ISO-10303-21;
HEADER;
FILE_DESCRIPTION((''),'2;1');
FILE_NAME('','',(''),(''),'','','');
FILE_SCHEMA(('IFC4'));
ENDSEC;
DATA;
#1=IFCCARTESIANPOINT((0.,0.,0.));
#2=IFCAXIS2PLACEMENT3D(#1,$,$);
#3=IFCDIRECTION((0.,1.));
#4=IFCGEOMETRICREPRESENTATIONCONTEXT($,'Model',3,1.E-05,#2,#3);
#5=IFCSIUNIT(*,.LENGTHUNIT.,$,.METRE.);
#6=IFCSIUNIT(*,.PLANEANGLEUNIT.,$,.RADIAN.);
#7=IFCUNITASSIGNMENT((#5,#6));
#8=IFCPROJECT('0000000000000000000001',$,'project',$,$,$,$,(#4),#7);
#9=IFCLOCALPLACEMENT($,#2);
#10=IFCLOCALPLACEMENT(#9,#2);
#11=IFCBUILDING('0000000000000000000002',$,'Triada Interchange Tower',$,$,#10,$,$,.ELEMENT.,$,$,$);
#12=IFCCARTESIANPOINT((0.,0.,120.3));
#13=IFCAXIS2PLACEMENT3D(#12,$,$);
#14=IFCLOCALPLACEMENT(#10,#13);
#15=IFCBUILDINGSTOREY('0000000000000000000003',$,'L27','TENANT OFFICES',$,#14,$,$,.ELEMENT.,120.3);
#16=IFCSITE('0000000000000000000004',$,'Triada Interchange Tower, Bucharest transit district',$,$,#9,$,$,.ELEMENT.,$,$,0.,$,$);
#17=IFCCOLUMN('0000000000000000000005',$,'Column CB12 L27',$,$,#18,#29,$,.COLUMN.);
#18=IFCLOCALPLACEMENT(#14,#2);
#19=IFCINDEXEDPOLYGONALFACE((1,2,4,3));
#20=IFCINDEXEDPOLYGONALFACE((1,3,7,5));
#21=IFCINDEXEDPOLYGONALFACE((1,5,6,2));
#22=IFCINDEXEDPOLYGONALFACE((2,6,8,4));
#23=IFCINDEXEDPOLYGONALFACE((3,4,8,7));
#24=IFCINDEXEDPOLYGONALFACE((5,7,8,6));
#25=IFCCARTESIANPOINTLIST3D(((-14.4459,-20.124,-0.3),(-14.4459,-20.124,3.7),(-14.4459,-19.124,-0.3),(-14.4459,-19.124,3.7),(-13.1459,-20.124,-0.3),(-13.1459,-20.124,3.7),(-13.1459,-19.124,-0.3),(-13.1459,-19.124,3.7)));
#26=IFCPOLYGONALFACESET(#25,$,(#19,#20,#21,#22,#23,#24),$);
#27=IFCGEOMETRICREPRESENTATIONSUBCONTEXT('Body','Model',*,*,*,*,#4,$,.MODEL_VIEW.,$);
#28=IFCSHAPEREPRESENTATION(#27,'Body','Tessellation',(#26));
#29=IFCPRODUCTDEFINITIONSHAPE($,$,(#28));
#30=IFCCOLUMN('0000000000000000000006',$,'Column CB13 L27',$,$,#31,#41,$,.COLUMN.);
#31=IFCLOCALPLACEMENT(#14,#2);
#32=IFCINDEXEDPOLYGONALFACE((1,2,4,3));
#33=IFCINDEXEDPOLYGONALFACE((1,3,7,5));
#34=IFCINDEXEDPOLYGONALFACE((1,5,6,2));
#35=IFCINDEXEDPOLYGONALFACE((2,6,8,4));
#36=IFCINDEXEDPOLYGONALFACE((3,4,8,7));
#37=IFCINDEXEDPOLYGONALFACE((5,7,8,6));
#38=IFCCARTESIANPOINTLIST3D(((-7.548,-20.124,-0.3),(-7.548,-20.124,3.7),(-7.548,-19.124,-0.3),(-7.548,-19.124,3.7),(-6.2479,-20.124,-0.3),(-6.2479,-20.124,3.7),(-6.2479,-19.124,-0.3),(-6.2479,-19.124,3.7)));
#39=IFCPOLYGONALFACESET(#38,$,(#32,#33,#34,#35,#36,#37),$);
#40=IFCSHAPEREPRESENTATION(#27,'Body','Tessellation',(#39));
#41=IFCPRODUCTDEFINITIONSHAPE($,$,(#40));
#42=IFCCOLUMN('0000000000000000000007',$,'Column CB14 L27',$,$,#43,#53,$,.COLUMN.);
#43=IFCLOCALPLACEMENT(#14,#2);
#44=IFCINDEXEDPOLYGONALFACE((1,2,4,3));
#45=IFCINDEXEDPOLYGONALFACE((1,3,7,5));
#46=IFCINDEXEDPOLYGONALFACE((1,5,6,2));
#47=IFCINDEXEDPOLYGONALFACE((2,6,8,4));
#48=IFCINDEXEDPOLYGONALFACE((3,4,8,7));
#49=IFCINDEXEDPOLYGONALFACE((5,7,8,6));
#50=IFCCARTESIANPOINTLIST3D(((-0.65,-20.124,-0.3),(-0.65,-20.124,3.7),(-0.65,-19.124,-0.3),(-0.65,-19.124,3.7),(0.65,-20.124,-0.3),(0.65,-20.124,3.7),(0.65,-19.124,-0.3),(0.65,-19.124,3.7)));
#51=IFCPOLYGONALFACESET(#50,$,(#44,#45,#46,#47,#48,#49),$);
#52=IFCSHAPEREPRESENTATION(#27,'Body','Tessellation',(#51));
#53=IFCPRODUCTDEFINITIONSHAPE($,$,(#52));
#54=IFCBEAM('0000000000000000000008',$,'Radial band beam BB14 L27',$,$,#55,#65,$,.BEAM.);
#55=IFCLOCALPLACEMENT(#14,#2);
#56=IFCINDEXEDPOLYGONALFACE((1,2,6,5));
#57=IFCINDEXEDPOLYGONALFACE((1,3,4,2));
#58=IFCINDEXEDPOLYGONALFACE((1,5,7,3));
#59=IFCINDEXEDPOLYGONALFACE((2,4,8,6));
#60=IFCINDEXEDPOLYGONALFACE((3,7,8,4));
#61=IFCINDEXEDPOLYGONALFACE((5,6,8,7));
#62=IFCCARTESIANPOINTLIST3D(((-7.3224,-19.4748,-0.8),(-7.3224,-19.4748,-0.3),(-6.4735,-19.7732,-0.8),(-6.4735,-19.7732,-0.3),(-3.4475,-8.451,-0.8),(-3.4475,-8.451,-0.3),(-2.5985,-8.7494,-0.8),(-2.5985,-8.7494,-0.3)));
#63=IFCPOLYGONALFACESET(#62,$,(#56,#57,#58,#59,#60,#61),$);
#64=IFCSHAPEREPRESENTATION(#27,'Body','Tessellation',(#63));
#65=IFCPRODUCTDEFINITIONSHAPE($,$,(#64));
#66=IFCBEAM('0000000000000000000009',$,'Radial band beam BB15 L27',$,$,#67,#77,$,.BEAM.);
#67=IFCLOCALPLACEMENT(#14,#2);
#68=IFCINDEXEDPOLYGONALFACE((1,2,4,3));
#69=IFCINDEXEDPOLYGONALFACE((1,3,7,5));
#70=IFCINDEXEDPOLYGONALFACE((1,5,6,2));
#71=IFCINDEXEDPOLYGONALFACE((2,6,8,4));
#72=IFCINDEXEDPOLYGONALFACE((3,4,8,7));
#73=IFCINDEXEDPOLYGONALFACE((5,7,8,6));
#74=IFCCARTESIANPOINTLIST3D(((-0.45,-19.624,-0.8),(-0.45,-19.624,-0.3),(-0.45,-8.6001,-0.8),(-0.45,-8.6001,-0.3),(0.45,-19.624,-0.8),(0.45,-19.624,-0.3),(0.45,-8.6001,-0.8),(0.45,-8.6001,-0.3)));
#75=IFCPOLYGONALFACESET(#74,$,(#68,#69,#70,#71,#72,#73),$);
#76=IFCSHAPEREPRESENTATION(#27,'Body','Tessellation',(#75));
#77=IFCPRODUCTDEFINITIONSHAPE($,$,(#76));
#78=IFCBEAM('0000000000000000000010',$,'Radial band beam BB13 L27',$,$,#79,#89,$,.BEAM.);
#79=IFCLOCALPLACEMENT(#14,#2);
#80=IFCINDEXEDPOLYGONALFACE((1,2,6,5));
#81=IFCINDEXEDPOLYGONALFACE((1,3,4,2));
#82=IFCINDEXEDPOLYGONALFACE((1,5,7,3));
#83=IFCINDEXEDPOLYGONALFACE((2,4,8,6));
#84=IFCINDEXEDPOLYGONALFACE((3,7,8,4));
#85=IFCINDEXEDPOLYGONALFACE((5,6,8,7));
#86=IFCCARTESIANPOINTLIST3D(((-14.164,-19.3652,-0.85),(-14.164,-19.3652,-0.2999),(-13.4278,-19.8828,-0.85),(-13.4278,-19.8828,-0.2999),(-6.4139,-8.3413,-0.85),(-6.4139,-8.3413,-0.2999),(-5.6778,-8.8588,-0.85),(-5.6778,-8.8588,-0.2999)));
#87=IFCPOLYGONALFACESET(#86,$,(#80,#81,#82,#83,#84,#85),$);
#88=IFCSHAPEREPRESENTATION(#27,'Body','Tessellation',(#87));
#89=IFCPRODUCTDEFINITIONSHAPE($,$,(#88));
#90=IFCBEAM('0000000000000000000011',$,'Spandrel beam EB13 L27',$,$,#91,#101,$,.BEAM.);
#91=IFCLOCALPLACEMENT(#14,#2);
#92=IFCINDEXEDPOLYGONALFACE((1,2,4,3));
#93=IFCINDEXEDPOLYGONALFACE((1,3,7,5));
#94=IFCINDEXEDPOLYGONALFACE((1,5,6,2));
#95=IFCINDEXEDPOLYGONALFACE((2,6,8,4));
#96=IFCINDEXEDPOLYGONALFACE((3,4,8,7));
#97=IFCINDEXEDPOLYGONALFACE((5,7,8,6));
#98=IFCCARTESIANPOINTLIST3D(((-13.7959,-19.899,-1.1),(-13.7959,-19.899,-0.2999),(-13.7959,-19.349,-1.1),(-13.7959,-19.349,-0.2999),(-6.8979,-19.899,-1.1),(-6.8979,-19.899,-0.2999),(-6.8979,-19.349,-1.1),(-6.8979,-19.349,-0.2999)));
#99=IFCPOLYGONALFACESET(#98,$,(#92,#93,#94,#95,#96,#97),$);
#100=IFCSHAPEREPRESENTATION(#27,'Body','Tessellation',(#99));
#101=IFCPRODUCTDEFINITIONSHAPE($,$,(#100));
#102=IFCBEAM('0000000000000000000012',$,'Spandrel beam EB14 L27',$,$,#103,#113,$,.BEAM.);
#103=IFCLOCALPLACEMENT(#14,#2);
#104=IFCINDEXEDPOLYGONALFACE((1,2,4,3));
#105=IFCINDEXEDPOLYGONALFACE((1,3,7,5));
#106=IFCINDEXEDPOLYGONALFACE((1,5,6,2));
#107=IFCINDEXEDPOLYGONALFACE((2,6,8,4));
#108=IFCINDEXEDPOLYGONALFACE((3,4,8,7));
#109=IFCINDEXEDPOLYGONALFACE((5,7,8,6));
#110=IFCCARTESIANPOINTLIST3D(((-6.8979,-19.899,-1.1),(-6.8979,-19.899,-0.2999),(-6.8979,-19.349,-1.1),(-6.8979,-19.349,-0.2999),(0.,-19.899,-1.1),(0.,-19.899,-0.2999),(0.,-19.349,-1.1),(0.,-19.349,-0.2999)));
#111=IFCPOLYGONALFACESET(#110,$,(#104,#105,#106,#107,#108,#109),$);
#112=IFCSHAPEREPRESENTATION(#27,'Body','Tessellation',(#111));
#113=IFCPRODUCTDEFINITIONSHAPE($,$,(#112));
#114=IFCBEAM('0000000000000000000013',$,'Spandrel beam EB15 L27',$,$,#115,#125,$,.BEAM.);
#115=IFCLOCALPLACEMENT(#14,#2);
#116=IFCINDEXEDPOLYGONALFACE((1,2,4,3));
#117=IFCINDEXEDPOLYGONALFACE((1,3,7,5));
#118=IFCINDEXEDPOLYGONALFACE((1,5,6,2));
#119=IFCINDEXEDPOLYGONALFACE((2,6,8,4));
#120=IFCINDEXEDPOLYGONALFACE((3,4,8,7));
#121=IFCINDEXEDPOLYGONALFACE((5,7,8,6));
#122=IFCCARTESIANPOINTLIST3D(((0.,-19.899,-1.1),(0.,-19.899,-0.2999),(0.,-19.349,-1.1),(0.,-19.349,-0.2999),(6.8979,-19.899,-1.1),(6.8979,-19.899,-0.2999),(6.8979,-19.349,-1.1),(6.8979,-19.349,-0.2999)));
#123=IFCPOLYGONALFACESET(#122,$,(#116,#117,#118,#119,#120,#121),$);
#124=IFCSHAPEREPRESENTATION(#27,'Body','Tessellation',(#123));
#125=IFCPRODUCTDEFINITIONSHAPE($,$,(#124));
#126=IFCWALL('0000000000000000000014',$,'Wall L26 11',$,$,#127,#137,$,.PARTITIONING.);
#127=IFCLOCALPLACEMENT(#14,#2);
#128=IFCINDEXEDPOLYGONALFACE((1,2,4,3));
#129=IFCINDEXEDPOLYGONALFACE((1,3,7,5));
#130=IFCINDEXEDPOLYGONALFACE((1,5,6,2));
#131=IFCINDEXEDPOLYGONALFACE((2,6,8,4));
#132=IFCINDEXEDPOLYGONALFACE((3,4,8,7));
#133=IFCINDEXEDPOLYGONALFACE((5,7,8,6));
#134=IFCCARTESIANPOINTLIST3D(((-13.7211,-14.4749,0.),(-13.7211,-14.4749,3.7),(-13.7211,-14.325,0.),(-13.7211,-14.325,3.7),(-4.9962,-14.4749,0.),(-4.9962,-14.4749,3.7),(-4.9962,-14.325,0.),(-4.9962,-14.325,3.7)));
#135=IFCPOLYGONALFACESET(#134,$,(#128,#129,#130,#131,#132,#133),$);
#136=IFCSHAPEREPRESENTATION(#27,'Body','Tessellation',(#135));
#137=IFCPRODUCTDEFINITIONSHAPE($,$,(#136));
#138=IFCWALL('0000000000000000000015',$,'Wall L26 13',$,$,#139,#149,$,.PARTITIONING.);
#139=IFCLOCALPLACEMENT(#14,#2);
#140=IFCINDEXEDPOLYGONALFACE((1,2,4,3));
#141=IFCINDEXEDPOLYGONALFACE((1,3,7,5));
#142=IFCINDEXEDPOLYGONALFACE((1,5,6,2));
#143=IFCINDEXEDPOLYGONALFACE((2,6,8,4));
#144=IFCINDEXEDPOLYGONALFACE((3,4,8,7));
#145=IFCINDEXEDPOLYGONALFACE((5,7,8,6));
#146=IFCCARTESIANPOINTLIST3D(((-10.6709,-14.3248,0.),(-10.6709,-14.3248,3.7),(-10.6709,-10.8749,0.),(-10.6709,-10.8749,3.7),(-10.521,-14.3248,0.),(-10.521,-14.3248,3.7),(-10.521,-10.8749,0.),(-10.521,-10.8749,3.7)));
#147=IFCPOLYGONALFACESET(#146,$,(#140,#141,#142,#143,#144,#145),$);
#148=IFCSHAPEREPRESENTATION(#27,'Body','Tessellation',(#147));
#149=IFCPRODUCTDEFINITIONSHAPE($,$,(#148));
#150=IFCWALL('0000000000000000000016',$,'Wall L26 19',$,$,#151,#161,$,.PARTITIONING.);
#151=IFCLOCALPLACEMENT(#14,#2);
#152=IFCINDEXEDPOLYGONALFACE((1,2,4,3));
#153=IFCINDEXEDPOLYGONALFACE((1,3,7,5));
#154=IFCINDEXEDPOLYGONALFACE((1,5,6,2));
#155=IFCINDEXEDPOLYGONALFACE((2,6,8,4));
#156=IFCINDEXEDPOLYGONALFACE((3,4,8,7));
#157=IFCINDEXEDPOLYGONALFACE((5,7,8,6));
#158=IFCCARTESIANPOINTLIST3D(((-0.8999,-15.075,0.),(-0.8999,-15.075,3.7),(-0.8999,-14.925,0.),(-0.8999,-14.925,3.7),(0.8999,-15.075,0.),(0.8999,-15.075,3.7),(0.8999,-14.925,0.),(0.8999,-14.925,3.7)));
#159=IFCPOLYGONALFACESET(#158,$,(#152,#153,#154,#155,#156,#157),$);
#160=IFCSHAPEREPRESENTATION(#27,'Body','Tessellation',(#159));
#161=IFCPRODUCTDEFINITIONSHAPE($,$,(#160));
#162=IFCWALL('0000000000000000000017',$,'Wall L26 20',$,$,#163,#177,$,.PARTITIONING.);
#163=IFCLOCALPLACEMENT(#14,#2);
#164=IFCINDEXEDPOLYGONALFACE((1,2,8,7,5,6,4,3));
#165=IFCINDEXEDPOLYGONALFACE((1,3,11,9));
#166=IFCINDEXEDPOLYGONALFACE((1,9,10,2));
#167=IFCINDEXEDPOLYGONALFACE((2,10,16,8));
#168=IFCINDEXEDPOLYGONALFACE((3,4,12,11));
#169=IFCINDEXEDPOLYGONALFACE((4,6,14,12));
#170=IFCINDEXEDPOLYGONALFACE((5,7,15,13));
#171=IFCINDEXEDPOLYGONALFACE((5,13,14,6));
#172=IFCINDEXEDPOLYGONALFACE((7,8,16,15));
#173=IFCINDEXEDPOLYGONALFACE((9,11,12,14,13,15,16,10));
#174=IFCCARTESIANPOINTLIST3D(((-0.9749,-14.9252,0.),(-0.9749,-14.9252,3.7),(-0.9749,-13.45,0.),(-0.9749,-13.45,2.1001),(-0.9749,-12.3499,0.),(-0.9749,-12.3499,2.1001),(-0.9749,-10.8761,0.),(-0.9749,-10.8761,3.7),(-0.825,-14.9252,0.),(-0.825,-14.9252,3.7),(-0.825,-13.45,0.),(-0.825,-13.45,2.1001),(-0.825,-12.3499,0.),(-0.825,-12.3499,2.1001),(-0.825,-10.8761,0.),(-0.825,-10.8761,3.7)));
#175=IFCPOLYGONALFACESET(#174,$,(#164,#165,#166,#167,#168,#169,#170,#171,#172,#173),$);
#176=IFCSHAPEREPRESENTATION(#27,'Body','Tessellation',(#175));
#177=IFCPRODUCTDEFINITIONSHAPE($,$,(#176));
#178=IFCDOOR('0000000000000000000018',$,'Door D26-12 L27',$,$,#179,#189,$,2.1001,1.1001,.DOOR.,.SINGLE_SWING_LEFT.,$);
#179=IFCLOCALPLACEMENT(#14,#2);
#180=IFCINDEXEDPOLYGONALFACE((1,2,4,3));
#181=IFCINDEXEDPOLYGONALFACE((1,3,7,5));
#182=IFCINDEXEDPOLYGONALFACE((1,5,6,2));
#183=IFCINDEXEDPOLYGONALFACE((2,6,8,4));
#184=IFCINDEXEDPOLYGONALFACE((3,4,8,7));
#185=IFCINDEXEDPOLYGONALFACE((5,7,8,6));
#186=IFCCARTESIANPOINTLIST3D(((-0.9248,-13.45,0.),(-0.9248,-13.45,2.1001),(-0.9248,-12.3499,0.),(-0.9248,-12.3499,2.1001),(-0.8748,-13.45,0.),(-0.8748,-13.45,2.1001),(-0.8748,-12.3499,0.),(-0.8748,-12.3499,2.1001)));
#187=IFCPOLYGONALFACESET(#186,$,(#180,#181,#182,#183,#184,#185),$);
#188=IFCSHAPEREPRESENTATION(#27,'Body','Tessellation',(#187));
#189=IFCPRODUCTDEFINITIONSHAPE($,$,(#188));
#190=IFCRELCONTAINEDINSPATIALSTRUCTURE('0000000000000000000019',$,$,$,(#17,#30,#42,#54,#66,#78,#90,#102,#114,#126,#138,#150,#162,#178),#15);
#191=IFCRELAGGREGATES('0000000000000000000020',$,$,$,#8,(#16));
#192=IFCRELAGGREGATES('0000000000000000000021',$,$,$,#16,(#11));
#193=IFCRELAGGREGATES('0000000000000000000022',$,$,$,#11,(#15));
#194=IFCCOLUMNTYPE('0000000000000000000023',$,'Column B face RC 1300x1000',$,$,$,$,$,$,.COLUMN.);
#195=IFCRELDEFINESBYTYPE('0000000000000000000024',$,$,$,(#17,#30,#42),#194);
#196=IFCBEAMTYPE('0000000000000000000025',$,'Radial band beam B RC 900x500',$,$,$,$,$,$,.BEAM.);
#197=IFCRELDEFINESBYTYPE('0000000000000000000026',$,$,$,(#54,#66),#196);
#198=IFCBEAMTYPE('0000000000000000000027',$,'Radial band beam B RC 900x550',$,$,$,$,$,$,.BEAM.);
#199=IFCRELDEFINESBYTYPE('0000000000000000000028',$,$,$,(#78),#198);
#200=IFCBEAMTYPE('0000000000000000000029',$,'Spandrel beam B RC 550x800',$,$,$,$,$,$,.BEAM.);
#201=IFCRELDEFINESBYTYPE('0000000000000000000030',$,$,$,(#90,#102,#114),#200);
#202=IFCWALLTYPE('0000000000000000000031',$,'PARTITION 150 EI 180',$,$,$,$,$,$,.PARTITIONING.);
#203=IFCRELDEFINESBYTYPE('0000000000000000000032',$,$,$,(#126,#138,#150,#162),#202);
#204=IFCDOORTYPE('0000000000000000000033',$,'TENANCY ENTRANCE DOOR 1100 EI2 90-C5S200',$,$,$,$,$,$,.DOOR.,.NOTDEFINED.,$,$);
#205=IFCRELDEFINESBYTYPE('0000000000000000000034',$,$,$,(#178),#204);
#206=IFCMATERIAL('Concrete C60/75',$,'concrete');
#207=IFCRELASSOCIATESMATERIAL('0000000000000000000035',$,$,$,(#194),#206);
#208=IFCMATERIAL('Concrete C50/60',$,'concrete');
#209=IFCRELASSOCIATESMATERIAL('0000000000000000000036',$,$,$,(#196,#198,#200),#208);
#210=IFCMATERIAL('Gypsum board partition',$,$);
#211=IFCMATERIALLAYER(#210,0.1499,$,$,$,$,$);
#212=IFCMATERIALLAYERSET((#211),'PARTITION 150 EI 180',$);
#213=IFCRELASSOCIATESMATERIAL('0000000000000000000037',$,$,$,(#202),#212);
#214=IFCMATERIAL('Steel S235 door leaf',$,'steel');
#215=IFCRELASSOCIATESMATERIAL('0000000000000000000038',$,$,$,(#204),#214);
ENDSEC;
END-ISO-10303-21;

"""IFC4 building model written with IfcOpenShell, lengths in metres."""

from ifc_helpers import new_model, si_unit, direction, frame, frame_2d, origin, origin_2d, place, context, subcontext, project, spatial, rectangle, extrude, material, layer, layer_set, material_profile, profile_set, type_object, element, fill, save


model = new_model("IFC4")

# Units and contexts
model_context = context("Model", 3, precision=1e-05, world=origin(), true_north=direction((0.0, 1.0)))
body_context = subcontext(model_context, "Body", "Model", "MODEL_VIEW")
ifc_project = project(units=[si_unit("LENGTHUNIT", "METRE"), si_unit("PLANEANGLEUNIT", "RADIAN")], contexts=[model_context])

# Site, building, storey
site_placement = place(None, origin())
site = spatial("IfcSite", under=ifc_project, at=site_placement, Name="Triada Interchange Tower, Bucharest transit district", CompositionType="ELEMENT", RefElevation=0.0)
building_placement = place(site_placement, origin())
building = spatial("IfcBuilding", under=site, at=building_placement, Name="Triada Interchange Tower", CompositionType="ELEMENT")
storey_placement = place(building_placement, frame((0.0, 0.0, 120.3)))
storey = spatial("IfcBuildingStorey", under=building, at=storey_placement, Name="L27", Description="TENANT OFFICES", CompositionType="ELEMENT", Elevation=120.3)

# Columns
ifc_material_1 = material(Name="Concrete C60/75", Category="concrete")
ifc_material_profile_1 = material_profile(ifc_material_1, rectangle(XDim=1.3, YDim=1.0, at=origin_2d()), Name="RC 1300x1000")
ifc_profile_set_1 = profile_set([ifc_material_profile_1], Name="Concrete C60/75")
column_type = type_object("IfcColumnType", Name="Column B face RC 1300x1000", PredefinedType="COLUMN", material=ifc_profile_set_1)
for number, where, z_axis, x_axis, name in (
    (1, (-13.7959, -19.624, -0.3), (0.0, 0.0, 1.0), (1.0, 0.0, 0.0), "Column CB12 L27"),
    (2, (-6.8979, -19.624, -0.3), (0.0, 0.0, 1.0), (1.0, 0.0, 0.0), "Column CB13 L27"),
    (3, (0.0, -19.624, -0.3), (0.0, 0.0, 1.0), (1.0, 0.0, 0.0), "Column CB14 L27"),
):
    element("IfcColumn", number, at=place(storey_placement, frame(where, z_axis=z_axis, x_axis=x_axis)), inside=storey, type_object=column_type, Name=name, PredefinedType="COLUMN", context=body_context, shape_type="SweptSolid", body=[
        extrude(rectangle(XDim=1.3, YDim=1.0, at=origin_2d()), origin(), (0.0, 0.0, 1.0), 4.0),
    ])

# Beams
ifc_material_2 = material(Name="Concrete C50/60", Category="concrete")
ifc_material_profile_2 = material_profile(ifc_material_2, rectangle(XDim=0.8999, YDim=0.5, at=origin_2d()), Name="RC 900x500")
ifc_profile_set_2 = profile_set([ifc_material_profile_2], Name="Concrete C50/60")
beam_type_1 = type_object("IfcBeamType", Name="Radial band beam B RC 900x500", PredefinedType="BEAM", material=ifc_profile_set_2)
beam_1_placement = place(storey_placement, frame((-6.8979, -19.624, -0.55), z_axis=(0.331618, 0.943414, 0.0), x_axis=(-0.943414, 0.331618, 0.0)))
element("IfcBeam", 4, at=beam_1_placement, inside=storey, type_object=beam_type_1, Name="Radial band beam BB14 L27", PredefinedType="BEAM", context=body_context, shape_type="SweptSolid", body=[
    extrude(rectangle(XDim=0.8999, YDim=0.5, at=origin_2d()), origin(), (0.0, 0.0, 1.0), 11.6851),
])
beam_2_placement = place(storey_placement, frame((0.0, -19.624, -0.55), z_axis=(0.0, 1.0, 0.0), x_axis=(-1.0, 0.0, 0.0)))
element("IfcBeam", 5, at=beam_2_placement, inside=storey, type_object=beam_type_1, Name="Radial band beam BB15 L27", PredefinedType="BEAM", context=body_context, shape_type="SweptSolid", body=[
    extrude(rectangle(XDim=0.8999, YDim=0.5, at=origin_2d()), origin(), (0.0, 0.0, 1.0), 11.0239),
])
ifc_material_profile_3 = material_profile(ifc_material_2, rectangle(XDim=0.8999, YDim=0.55, at=origin_2d()), Name="RC 900x550")
ifc_profile_set_3 = profile_set([ifc_material_profile_3], Name="Concrete C50/60")
beam_type_2 = type_object("IfcBeamType", Name="Radial band beam B RC 900x550", PredefinedType="BEAM", material=ifc_profile_set_3)
beam_3_placement = place(storey_placement, frame((-13.7959, -19.624, -0.575), z_axis=(0.575117, 0.818071, 0.0), x_axis=(-0.818071, 0.575117, 0.0)))
element("IfcBeam", 6, at=beam_3_placement, inside=storey, type_object=beam_type_2, Name="Radial band beam BB13 L27", PredefinedType="BEAM", context=body_context, shape_type="SweptSolid", body=[
    extrude(rectangle(XDim=0.8999, YDim=0.55, at=origin_2d()), origin(), (0.0, 0.0, 1.0), 13.4756),
])
ifc_material_profile_4 = material_profile(ifc_material_2, rectangle(XDim=0.55, YDim=0.8, at=origin_2d()), Name="RC 550x800")
ifc_profile_set_4 = profile_set([ifc_material_profile_4], Name="Concrete C50/60")
beam_type_3 = type_object("IfcBeamType", Name="Spandrel beam B RC 550x800", PredefinedType="BEAM", material=ifc_profile_set_4)
for number, where, z_axis, x_axis, name in (
    (7, (-13.7959, -19.624, -0.7), (1.0, 0.0, 0.0), (0.0, 1.0, 0.0), "Spandrel beam EB13 L27"),
    (8, (-6.8979, -19.624, -0.7), (1.0, 0.0, 0.0), (0.0, 1.0, 0.0), "Spandrel beam EB14 L27"),
    (9, (0.0, -19.624, -0.7), (1.0, 0.0, 0.0), (0.0, 1.0, 0.0), "Spandrel beam EB15 L27"),
):
    element("IfcBeam", number, at=place(storey_placement, frame(where, z_axis=z_axis, x_axis=x_axis)), inside=storey, type_object=beam_type_3, Name=name, PredefinedType="BEAM", context=body_context, shape_type="SweptSolid", body=[
        extrude(rectangle(XDim=0.55, YDim=0.8, at=origin_2d()), origin(), (0.0, 0.0, 1.0), 6.8979),
    ])

# Walls
ifc_material_3 = material(Name="Gypsum board partition")
ifc_layer_1 = layer(ifc_material_3, 0.1499)
ifc_layer_set_1 = layer_set([ifc_layer_1], Name="PARTITION 150 EI 180")
wall_type = type_object("IfcWallType", Name="PARTITION 150 EI 180", PredefinedType="PARTITIONING", material=ifc_layer_set_1)
wall_1_placement = place(storey_placement, frame((-13.7209, -14.3999, 0.0), z_axis=(0.0, 0.0, 1.0), x_axis=(1.0, 0.0, 0.0)))
element("IfcWall", 10, at=wall_1_placement, inside=storey, type_object=wall_type, Name="Wall L26 11", PredefinedType="PARTITIONING", context=body_context, shape_type="SweptSolid", body=[
    extrude(rectangle(XDim=8.7249, YDim=0.1499, at=frame_2d((4.3623, 0.0))), origin(), (0.0, 0.0, 1.0), 3.7),
])
wall_2_placement = place(storey_placement, frame((-10.5959, -14.325, 0.0), z_axis=(0.0, 0.0, 1.0), x_axis=(0.0, 1.0, 0.0)))
element("IfcWall", 11, at=wall_2_placement, inside=storey, type_object=wall_type, Name="Wall L26 13", PredefinedType="PARTITIONING", context=body_context, shape_type="SweptSolid", body=[
    extrude(rectangle(XDim=3.45, YDim=0.1499, at=frame_2d((1.7251, 0.0))), origin(), (0.0, 0.0, 1.0), 3.7),
])
wall_3_placement = place(storey_placement, frame((-0.8999, -15.0, 0.0), z_axis=(0.0, 0.0, 1.0), x_axis=(1.0, 0.0, 0.0)))
element("IfcWall", 12, at=wall_3_placement, inside=storey, type_object=wall_type, Name="Wall L26 19", PredefinedType="PARTITIONING", context=body_context, shape_type="SweptSolid", body=[
    extrude(rectangle(XDim=1.7998, YDim=0.1499, at=frame_2d((0.8999, 0.0))), origin(), (0.0, 0.0, 1.0), 3.7),
])

# Wall, opening, door
wall_4_placement = place(storey_placement, frame((-0.8999, -14.925, 0.0), z_axis=(0.0, 0.0, 1.0), x_axis=(0.0, 1.0, 0.0)))
wall_4 = element("IfcWall", 13, at=wall_4_placement, inside=storey, type_object=wall_type, Name="Wall L26 20", PredefinedType="PARTITIONING", context=body_context, shape_type="SweptSolid", body=[
    extrude(rectangle(XDim=4.0491, YDim=0.1499, at=frame_2d((2.0244, 0.0))), origin(), (0.0, 0.0, 1.0), 3.7),
])
opening_placement = place(wall_4_placement, frame((1.4751, 0.0, 0.0)))
opening = element("IfcOpeningElement", 14, at=opening_placement, cuts=wall_4, PredefinedType="OPENING", context=body_context, shape_type="SweptSolid", body=[
    extrude(rectangle(XDim=1.1001, YDim=2.1001, at=frame_2d((0.55, 1.05))), frame((0.0, 0.085, 0.0), z_axis=(0.0, -1.0, 0.0), x_axis=(1.0, 0.0, 0.0)), (0.0, 0.0, 1.0), 0.1699),
])
ifc_material_4 = material(Name="Steel S235 door leaf", Category="steel")
door_type = type_object("IfcDoorType", Name="TENANCY ENTRANCE DOOR 1100 EI2 90-C5S200", OperationType="NOTDEFINED", PredefinedType="DOOR", material=ifc_material_4)
door_placement = place(opening_placement, origin())
door = element("IfcDoor", 15, at=door_placement, inside=storey, type_object=door_type, Name="Door D26-12 L27", OperationType="SINGLE_SWING_LEFT", OverallHeight=2.1001, OverallWidth=1.1001, PredefinedType="DOOR", context=body_context, shape_type="SweptSolid", body=[
    extrude(rectangle(XDim=1.1001, YDim=2.1001, at=frame_2d((0.55, 1.05))), frame((0.0, 0.0249, 0.0), z_axis=(0.0, -1.0, 0.0), x_axis=(1.0, 0.0, 0.0)), (0.0, 0.0, 1.0), 0.05),
])
fill(opening, door)

save(model, "model.ifc")
